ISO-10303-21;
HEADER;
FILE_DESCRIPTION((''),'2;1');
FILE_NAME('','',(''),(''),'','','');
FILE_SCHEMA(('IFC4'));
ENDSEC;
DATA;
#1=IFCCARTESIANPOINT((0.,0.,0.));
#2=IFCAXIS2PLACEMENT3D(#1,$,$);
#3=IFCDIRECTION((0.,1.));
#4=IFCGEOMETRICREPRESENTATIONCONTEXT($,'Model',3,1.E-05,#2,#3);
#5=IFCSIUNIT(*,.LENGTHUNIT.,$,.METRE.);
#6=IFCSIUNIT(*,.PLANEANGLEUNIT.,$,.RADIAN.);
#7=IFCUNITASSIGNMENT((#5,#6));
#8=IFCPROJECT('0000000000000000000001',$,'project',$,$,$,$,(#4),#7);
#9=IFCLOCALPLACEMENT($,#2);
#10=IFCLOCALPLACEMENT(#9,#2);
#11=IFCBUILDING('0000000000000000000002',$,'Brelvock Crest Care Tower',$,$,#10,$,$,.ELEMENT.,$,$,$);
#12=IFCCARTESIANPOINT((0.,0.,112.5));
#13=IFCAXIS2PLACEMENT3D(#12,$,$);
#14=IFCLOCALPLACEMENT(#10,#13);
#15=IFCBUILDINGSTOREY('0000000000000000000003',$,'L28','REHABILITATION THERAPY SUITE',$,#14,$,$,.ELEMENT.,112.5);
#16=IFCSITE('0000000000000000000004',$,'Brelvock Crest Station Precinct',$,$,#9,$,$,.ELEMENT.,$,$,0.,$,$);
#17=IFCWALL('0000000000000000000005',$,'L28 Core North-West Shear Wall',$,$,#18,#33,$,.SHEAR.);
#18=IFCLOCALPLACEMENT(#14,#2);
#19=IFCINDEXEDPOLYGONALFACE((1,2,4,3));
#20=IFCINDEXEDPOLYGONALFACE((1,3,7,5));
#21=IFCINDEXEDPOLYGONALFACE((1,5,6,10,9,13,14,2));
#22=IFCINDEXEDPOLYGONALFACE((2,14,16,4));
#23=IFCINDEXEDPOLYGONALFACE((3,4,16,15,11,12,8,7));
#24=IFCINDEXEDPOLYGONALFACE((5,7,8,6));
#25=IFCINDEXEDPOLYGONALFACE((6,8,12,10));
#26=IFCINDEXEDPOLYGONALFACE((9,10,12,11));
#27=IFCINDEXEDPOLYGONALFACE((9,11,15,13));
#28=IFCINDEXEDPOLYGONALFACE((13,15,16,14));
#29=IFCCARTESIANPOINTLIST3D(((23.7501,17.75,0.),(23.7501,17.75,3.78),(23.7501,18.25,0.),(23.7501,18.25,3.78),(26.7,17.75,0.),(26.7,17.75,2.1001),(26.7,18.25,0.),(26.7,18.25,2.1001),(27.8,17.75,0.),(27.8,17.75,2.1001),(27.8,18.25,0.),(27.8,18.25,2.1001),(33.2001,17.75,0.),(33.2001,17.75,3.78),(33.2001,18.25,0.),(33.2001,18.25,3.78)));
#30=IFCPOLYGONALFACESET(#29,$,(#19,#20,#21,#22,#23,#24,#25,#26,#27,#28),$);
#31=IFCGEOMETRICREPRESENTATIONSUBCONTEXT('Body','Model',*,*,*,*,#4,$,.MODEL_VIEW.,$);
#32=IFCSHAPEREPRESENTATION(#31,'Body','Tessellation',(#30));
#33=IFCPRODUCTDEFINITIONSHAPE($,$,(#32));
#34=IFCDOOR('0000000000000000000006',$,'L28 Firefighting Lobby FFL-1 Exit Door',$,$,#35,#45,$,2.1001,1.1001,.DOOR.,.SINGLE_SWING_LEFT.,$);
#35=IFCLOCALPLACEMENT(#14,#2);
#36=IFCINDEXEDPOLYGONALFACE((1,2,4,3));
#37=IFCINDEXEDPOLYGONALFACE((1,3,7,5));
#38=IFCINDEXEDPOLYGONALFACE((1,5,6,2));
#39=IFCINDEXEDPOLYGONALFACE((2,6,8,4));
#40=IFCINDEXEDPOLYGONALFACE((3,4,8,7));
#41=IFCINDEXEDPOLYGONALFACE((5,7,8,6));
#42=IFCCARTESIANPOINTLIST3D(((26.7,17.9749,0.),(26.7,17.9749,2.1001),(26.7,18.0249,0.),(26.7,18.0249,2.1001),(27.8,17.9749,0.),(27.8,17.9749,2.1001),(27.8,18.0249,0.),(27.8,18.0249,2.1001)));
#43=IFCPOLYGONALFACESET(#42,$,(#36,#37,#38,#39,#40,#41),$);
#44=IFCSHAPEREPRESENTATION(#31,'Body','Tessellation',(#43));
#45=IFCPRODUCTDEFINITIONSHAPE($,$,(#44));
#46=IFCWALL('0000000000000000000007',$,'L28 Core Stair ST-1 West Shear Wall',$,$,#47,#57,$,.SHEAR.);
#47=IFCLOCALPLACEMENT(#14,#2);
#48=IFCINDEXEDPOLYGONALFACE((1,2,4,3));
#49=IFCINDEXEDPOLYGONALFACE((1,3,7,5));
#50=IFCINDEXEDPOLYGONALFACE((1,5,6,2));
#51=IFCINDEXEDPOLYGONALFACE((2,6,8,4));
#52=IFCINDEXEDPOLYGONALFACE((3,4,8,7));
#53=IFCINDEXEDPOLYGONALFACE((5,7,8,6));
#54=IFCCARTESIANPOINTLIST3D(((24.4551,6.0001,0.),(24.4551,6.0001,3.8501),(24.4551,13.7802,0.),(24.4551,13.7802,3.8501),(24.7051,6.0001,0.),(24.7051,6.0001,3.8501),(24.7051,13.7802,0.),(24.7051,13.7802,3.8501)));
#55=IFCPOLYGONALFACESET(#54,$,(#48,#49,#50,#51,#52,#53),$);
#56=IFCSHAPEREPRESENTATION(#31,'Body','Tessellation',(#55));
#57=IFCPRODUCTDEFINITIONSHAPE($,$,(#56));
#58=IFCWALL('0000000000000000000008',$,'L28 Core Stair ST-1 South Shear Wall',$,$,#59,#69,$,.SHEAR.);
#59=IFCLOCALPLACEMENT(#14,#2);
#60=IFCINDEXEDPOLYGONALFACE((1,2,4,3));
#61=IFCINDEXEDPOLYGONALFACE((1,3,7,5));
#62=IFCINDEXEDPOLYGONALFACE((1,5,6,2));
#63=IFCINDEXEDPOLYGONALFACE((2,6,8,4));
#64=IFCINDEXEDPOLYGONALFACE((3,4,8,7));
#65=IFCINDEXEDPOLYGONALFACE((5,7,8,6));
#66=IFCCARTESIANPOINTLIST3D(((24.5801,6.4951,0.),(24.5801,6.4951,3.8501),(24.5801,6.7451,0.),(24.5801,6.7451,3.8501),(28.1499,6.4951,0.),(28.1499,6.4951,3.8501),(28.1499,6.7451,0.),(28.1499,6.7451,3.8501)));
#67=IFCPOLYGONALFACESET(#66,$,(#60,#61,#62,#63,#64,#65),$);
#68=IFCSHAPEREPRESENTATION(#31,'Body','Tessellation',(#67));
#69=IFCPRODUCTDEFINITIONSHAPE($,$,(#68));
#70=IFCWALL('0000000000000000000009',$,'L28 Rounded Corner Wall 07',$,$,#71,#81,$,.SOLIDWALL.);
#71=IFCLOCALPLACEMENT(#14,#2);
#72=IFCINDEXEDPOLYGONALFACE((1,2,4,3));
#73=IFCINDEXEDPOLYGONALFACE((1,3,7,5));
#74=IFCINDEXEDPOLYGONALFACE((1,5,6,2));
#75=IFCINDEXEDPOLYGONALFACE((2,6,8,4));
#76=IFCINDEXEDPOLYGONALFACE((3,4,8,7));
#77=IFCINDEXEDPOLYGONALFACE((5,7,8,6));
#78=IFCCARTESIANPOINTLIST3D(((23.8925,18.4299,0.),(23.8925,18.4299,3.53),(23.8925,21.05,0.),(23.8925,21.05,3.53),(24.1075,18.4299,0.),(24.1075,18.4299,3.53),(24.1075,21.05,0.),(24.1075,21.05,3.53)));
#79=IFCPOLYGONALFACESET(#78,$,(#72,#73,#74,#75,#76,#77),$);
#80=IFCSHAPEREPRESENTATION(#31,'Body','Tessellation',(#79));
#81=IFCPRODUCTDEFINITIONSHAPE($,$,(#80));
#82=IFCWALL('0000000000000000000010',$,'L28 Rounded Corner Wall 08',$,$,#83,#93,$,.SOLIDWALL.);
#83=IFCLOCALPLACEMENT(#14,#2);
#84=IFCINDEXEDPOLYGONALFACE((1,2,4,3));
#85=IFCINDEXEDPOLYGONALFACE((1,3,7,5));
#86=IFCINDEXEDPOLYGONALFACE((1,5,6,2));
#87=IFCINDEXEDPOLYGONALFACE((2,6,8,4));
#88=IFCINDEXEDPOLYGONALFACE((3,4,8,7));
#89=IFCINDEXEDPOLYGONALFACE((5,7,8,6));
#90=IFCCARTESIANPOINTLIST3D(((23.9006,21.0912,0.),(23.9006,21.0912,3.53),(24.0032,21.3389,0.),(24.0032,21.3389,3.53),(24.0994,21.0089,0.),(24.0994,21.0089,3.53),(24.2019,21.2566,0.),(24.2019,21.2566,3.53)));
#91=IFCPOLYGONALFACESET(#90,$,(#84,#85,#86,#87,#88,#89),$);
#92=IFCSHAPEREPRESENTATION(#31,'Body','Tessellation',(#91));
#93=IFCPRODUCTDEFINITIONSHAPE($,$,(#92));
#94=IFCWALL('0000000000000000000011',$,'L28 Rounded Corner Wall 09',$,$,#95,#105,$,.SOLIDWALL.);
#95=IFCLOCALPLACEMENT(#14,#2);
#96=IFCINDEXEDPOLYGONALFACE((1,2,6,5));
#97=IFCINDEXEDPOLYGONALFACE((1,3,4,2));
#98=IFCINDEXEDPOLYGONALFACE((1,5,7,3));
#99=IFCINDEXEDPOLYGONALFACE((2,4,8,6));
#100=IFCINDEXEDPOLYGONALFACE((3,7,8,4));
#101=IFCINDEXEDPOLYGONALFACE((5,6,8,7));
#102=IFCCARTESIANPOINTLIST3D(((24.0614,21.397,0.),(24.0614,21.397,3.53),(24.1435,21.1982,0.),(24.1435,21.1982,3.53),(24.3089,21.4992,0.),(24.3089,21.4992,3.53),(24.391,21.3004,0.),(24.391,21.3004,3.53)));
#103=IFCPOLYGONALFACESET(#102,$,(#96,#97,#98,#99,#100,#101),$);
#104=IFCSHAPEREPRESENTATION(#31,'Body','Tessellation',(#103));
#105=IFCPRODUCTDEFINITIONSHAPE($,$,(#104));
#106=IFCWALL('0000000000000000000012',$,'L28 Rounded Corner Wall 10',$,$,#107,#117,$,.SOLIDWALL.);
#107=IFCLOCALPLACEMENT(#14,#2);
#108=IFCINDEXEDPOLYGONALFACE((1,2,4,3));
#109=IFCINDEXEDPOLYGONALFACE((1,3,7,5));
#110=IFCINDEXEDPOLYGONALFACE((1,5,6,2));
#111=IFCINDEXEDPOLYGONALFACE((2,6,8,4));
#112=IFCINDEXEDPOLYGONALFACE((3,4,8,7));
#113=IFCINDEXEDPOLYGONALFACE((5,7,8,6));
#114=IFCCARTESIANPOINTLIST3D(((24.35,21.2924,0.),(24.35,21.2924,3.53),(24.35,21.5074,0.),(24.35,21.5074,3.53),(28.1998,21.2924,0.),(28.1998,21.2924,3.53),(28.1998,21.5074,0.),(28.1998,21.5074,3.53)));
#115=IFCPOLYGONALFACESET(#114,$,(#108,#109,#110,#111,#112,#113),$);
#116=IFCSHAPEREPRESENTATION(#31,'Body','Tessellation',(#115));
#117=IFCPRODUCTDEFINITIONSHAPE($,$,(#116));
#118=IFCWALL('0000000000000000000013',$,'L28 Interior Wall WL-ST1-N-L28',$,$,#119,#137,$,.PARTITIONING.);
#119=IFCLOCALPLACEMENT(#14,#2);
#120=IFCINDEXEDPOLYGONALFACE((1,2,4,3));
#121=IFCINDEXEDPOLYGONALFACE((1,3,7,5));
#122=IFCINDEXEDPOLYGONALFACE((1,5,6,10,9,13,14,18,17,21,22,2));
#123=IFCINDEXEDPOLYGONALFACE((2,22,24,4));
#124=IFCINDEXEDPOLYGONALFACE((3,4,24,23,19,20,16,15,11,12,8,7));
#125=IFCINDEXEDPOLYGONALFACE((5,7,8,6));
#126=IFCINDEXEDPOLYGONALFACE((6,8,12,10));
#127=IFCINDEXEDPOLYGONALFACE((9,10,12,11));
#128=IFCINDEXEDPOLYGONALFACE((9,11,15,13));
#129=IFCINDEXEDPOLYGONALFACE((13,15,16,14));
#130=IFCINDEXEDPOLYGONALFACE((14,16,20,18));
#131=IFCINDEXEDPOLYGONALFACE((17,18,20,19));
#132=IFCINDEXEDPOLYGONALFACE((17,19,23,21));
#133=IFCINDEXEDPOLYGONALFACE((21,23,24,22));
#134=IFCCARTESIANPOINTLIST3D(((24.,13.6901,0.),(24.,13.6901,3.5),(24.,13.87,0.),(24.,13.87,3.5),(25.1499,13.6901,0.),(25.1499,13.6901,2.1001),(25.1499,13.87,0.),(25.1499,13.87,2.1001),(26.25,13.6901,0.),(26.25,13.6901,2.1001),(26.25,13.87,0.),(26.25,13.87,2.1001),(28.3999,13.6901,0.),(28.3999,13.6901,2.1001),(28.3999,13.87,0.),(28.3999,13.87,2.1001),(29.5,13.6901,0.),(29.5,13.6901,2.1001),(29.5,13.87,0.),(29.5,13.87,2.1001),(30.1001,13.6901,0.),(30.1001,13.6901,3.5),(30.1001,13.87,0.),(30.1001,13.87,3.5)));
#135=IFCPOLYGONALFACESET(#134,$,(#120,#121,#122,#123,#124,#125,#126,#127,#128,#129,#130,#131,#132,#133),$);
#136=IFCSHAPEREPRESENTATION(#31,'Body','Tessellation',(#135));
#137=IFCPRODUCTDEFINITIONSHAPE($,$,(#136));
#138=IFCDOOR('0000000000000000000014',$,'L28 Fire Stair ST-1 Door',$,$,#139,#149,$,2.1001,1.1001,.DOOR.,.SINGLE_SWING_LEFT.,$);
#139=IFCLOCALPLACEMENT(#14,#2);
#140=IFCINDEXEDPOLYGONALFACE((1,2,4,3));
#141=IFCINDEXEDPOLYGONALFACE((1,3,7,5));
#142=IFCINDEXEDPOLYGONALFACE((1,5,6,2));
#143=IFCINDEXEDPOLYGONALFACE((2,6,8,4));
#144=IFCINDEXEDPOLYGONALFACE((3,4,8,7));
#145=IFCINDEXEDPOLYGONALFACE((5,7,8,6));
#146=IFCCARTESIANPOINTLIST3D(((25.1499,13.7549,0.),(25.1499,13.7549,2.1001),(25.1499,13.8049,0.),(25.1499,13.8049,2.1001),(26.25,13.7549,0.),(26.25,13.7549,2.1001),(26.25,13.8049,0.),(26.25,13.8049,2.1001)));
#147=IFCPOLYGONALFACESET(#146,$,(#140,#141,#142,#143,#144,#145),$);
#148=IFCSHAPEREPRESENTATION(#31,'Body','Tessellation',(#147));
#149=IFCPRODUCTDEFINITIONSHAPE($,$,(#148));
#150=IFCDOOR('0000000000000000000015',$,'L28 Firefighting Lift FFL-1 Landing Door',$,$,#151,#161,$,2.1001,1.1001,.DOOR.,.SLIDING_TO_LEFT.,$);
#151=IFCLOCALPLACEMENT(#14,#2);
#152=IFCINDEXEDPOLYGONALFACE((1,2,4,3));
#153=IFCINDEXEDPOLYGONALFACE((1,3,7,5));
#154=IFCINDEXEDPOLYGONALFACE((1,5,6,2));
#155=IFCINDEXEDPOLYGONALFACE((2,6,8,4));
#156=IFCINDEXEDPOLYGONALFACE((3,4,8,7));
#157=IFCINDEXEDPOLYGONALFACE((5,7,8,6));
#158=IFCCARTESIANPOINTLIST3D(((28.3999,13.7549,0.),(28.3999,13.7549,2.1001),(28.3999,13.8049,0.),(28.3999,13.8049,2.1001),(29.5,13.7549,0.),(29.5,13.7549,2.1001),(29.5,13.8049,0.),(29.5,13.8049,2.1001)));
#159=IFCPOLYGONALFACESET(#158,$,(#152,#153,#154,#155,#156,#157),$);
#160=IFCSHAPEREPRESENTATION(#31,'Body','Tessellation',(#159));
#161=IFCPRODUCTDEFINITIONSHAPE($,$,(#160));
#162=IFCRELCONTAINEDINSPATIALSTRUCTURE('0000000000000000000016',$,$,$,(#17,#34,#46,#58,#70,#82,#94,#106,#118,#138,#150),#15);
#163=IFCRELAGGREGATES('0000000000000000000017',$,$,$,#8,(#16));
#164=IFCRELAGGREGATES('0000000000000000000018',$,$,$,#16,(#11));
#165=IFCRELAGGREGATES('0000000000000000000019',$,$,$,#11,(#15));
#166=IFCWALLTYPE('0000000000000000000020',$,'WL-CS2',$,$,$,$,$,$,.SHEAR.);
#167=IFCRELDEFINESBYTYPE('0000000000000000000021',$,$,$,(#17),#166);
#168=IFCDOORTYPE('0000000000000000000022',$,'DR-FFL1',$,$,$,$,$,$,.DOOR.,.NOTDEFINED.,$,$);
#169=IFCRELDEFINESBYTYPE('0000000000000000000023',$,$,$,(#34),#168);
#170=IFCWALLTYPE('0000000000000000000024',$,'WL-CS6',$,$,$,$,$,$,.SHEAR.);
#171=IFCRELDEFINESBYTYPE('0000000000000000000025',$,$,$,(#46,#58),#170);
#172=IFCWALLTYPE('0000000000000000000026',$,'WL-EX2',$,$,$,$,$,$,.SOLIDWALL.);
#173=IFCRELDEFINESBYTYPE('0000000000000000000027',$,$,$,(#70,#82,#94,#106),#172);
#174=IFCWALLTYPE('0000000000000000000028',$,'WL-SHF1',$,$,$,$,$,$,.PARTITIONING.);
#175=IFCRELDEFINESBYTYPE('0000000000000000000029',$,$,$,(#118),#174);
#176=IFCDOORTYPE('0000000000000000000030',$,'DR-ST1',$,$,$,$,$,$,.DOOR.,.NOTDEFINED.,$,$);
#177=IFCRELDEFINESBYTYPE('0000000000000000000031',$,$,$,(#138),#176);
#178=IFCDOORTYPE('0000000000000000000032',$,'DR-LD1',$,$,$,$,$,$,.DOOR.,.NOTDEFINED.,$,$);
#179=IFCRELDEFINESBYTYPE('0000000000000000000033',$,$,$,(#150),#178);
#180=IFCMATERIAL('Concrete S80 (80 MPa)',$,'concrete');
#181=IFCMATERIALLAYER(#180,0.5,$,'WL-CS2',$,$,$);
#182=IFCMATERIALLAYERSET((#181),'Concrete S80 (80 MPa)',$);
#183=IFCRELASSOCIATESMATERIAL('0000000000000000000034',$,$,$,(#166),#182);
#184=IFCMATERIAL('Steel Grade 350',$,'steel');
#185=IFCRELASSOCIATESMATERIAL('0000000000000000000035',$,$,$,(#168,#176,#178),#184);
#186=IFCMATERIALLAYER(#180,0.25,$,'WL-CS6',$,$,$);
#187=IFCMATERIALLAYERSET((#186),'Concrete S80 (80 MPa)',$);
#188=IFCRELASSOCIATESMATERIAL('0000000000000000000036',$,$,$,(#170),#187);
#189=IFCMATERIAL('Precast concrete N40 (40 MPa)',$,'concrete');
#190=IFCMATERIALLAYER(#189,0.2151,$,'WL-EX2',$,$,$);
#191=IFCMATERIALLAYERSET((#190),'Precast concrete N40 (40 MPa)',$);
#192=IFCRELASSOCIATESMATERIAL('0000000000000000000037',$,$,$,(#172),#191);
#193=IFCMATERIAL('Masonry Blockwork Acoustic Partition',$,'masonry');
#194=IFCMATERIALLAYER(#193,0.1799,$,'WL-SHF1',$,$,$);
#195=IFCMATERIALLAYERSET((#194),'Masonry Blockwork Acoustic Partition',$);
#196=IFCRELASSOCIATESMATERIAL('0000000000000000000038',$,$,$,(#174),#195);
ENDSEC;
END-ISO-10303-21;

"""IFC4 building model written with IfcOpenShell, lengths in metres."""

from ifc_helpers import new_model, si_unit, direction, frame, frame_2d, origin, origin_2d, place, context, subcontext, project, spatial, rectangle, extrude, source, transform, mapped, material, layer, layer_set, type_object, element, fill, save


model = new_model("IFC4")

# Units and contexts
model_context = context("Model", 3, precision=1e-05, world=origin(), true_north=direction((0.0, 1.0)))
body_context = subcontext(model_context, "Body", "Model", "MODEL_VIEW")
ifc_project = project(units=[si_unit("LENGTHUNIT", "METRE"), si_unit("PLANEANGLEUNIT", "RADIAN")], contexts=[model_context])

# Site, building, storey
site_placement = place(None, origin())
site = spatial("IfcSite", under=ifc_project, at=site_placement, Name="Brelvock Crest Station Precinct", CompositionType="ELEMENT", RefElevation=0.0)
building_placement = place(site_placement, origin())
building = spatial("IfcBuilding", under=site, at=building_placement, Name="Brelvock Crest Care Tower", CompositionType="ELEMENT")
storey_placement = place(building_placement, frame((0.0, 0.0, 112.5)))
storey = spatial("IfcBuildingStorey", under=building, at=storey_placement, Name="L28", Description="REHABILITATION THERAPY SUITE", CompositionType="ELEMENT", Elevation=112.5)

# Shared definitions
ifc_material_1 = material(Name="Concrete S80 (80 MPa)", Category="concrete")

# Shared definitions
ifc_material_2 = material(Name="Steel Grade 350", Category="steel")

# Shared definitions
ifc_layer_1 = layer(ifc_material_1, 0.5, Name="WL-CS2")
ifc_layer_set_1 = layer_set([ifc_layer_1], Name="Concrete S80 (80 MPa)")
wall_type_1 = type_object("IfcWallType", Name="WL-CS2", PredefinedType="SHEAR", material=ifc_layer_set_1)

# Wall, opening, door
wall_1_placement = place(storey_placement, frame((23.75, 18.0, 0.0), z_axis=(0.0, 0.0, 1.0), x_axis=(1.0, 0.0, 0.0)))
wall_1 = element("IfcWall", 1, at=wall_1_placement, inside=storey, type_object=wall_type_1, Name="L28 Core North-West Shear Wall", PredefinedType="SHEAR", context=body_context, shape_type="SweptSolid", body=[
    extrude(rectangle(XDim=9.45, YDim=0.5, at=frame_2d((4.7251, 0.0))), origin(), (0.0, 0.0, 1.0), 3.78),
])
opening_1_placement = place(wall_1_placement, frame((2.95, 0.0, 0.0)))
opening_1 = element("IfcOpeningElement", 2, at=opening_1_placement, cuts=wall_1, PredefinedType="OPENING", context=body_context, shape_type="SweptSolid", body=[
    extrude(rectangle(XDim=1.1001, YDim=2.1001, at=origin_2d()), frame((0.55, 0.26, 1.05), z_axis=(0.0, -1.0, 0.0), x_axis=(1.0, 0.0, 0.0)), (0.0, 0.0, 1.0), 0.52),
])
door_type_1 = type_object("IfcDoorType", Name="DR-FFL1", OperationType="NOTDEFINED", PredefinedType="DOOR", material=ifc_material_2)
shared_shape_1 = source(origin(), body_context, "Body", "SweptSolid", [
    extrude(rectangle(XDim=1.1001, YDim=2.1001, at=origin_2d()), frame((0.55, 0.0249, 1.05), z_axis=(0.0, -1.0, 0.0), x_axis=(1.0, 0.0, 0.0)), (0.0, 0.0, 1.0), 0.05),
])
door_1_placement = place(opening_1_placement, origin())
door_1 = element("IfcDoor", 3, at=door_1_placement, inside=storey, type_object=door_type_1, Name="L28 Firefighting Lobby FFL-1 Exit Door", OperationType="SINGLE_SWING_LEFT", OverallHeight=2.1001, OverallWidth=1.1001, PredefinedType="DOOR", context=body_context, shape_type="MappedRepresentation", body=[
    mapped(shared_shape_1, transform((0.0, 0.0, 0.0), x_axis=(1.0, 0.0, 0.0), y_axis=(0.0, 1.0, 0.0), z_axis=(0.0, 0.0, 1.0), scale=1.0)),
])
fill(opening_1, door_1)

# Walls
ifc_layer_2 = layer(ifc_material_1, 0.25, Name="WL-CS6")
ifc_layer_set_2 = layer_set([ifc_layer_2], Name="Concrete S80 (80 MPa)")
wall_type_2 = type_object("IfcWallType", Name="WL-CS6", PredefinedType="SHEAR", material=ifc_layer_set_2)
wall_2_placement = place(storey_placement, frame((24.5801, 6.0, 0.0), z_axis=(0.0, 0.0, 1.0), x_axis=(0.0, 1.0, 0.0)))
element("IfcWall", 4, at=wall_2_placement, inside=storey, type_object=wall_type_2, Name="L28 Core Stair ST-1 West Shear Wall", PredefinedType="SHEAR", context=body_context, shape_type="SweptSolid", body=[
    extrude(rectangle(XDim=7.78, YDim=0.25, at=frame_2d((3.8901, 0.0))), origin(), (0.0, 0.0, 1.0), 3.8501),
])
wall_3_placement = place(storey_placement, frame((24.5801, 6.6201, 0.0), z_axis=(0.0, 0.0, 1.0), x_axis=(1.0, 0.0, 0.0)))
element("IfcWall", 5, at=wall_3_placement, inside=storey, type_object=wall_type_2, Name="L28 Core Stair ST-1 South Shear Wall", PredefinedType="SHEAR", context=body_context, shape_type="SweptSolid", body=[
    extrude(rectangle(XDim=3.5698, YDim=0.25, at=frame_2d((1.7849, 0.0))), origin(), (0.0, 0.0, 1.0), 3.8501),
])
ifc_material_3 = material(Name="Precast concrete N40 (40 MPa)", Category="concrete")
ifc_layer_3 = layer(ifc_material_3, 0.2151, Name="WL-EX2")
ifc_layer_set_3 = layer_set([ifc_layer_3], Name="Precast concrete N40 (40 MPa)")
wall_type_3 = type_object("IfcWallType", Name="WL-EX2", PredefinedType="SOLIDWALL", material=ifc_layer_set_3)
wall_4_placement = place(storey_placement, frame((24.0, 18.4299, 0.0), z_axis=(0.0, 0.0, 1.0), x_axis=(0.0, 1.0, 0.0)))
element("IfcWall", 6, at=wall_4_placement, inside=storey, type_object=wall_type_3, Name="L28 Rounded Corner Wall 07", PredefinedType="SOLIDWALL", context=body_context, shape_type="SweptSolid", body=[
    extrude(rectangle(XDim=2.6201, YDim=0.2151, at=frame_2d((1.3101, 0.0))), origin(), (0.0, 0.0, 1.0), 3.53),
])
wall_5_placement = place(storey_placement, frame((24.0, 21.05, 0.0), z_axis=(0.0, 0.0, 1.0), x_axis=(0.382674, 0.923884, 0.0)))
element("IfcWall", 7, at=wall_5_placement, inside=storey, type_object=wall_type_3, Name="L28 Rounded Corner Wall 08", PredefinedType="SOLIDWALL", context=body_context, shape_type="SweptSolid", body=[
    extrude(rectangle(XDim=0.2681, YDim=0.2151, at=frame_2d((0.134, 0.0))), origin(), (0.0, 0.0, 1.0), 3.53),
])
wall_6_placement = place(storey_placement, frame((24.1025, 21.2976, 0.0), z_axis=(0.0, 0.0, 1.0), x_axis=(0.924205, 0.381896, 0.0)))
element("IfcWall", 8, at=wall_6_placement, inside=storey, type_object=wall_type_3, Name="L28 Rounded Corner Wall 09", PredefinedType="SOLIDWALL", context=body_context, shape_type="SweptSolid", body=[
    extrude(rectangle(XDim=0.2678, YDim=0.2151, at=frame_2d((0.1338, 0.0))), origin(), (0.0, 0.0, 1.0), 3.53),
])
wall_7_placement = place(storey_placement, frame((24.3501, 21.3999, 0.0), z_axis=(0.0, 0.0, 1.0), x_axis=(1.0, 0.0, 0.0)))
element("IfcWall", 9, at=wall_7_placement, inside=storey, type_object=wall_type_3, Name="L28 Rounded Corner Wall 10", PredefinedType="SOLIDWALL", context=body_context, shape_type="SweptSolid", body=[
    extrude(rectangle(XDim=3.8499, YDim=0.2151, at=frame_2d((1.9248, 0.0))), origin(), (0.0, 0.0, 1.0), 3.53),
])

# Wall, openings, doors
ifc_material_4 = material(Name="Masonry Blockwork Acoustic Partition", Category="masonry")
ifc_layer_4 = layer(ifc_material_4, 0.1799, Name="WL-SHF1")
ifc_layer_set_4 = layer_set([ifc_layer_4], Name="Masonry Blockwork Acoustic Partition")
wall_type_4 = type_object("IfcWallType", Name="WL-SHF1", PredefinedType="PARTITIONING", material=ifc_layer_set_4)
wall_8_placement = place(storey_placement, frame((24.0, 13.78, 0.0), z_axis=(0.0, 0.0, 1.0), x_axis=(1.0, 0.0, 0.0)))
wall_8 = element("IfcWall", 10, at=wall_8_placement, inside=storey, type_object=wall_type_4, Name="L28 Interior Wall WL-ST1-N-L28", PredefinedType="PARTITIONING", context=body_context, shape_type="SweptSolid", body=[
    extrude(rectangle(XDim=6.1001, YDim=0.1799, at=frame_2d((3.05, 0.0))), origin(), (0.0, 0.0, 1.0), 3.5),
])
opening_2_placement = place(wall_8_placement, frame((1.1499, 0.0, 0.0)))
opening_2 = element("IfcOpeningElement", 11, at=opening_2_placement, cuts=wall_8, PredefinedType="OPENING", context=body_context, shape_type="SweptSolid", body=[
    extrude(rectangle(XDim=1.1001, YDim=2.1001, at=origin_2d()), frame((0.55, 0.1001, 1.05), z_axis=(0.0, -1.0, 0.0), x_axis=(1.0, 0.0, 0.0)), (0.0, 0.0, 1.0), 0.2),
])
opening_3_placement = place(wall_8_placement, frame((4.3999, 0.0, 0.0)))
opening_3 = element("IfcOpeningElement", 12, at=opening_3_placement, cuts=wall_8, PredefinedType="OPENING", context=body_context, shape_type="SweptSolid", body=[
    extrude(rectangle(XDim=1.1001, YDim=2.1001, at=origin_2d()), frame((0.55, 0.1001, 1.05), z_axis=(0.0, -1.0, 0.0), x_axis=(1.0, 0.0, 0.0)), (0.0, 0.0, 1.0), 0.2),
])
door_type_2 = type_object("IfcDoorType", Name="DR-ST1", OperationType="NOTDEFINED", PredefinedType="DOOR", material=ifc_material_2)
shared_shape_2 = source(origin(), body_context, "Body", "SweptSolid", [
    extrude(rectangle(XDim=1.1001, YDim=2.1001, at=origin_2d()), frame((0.55, 0.0249, 1.05), z_axis=(0.0, -1.0, 0.0), x_axis=(1.0, 0.0, 0.0)), (0.0, 0.0, 1.0), 0.05),
])
door_2_placement = place(opening_2_placement, origin())
door_2 = element("IfcDoor", 13, at=door_2_placement, inside=storey, type_object=door_type_2, Name="L28 Fire Stair ST-1 Door", OperationType="SINGLE_SWING_LEFT", OverallHeight=2.1001, OverallWidth=1.1001, PredefinedType="DOOR", context=body_context, shape_type="MappedRepresentation", body=[
    mapped(shared_shape_2, transform((0.0, 0.0, 0.0), x_axis=(1.0, 0.0, 0.0), y_axis=(0.0, 1.0, 0.0), z_axis=(0.0, 0.0, 1.0), scale=1.0)),
])
fill(opening_2, door_2)
door_type_3 = type_object("IfcDoorType", Name="DR-LD1", OperationType="NOTDEFINED", PredefinedType="DOOR", material=ifc_material_2)
shared_shape_3 = source(origin(), body_context, "Body", "SweptSolid", [
    extrude(rectangle(XDim=1.1001, YDim=2.1001, at=origin_2d()), frame((0.55, 0.0249, 1.05), z_axis=(0.0, -1.0, 0.0), x_axis=(1.0, 0.0, 0.0)), (0.0, 0.0, 1.0), 0.05),
])
door_3_placement = place(opening_3_placement, origin())
door_3 = element("IfcDoor", 14, at=door_3_placement, inside=storey, type_object=door_type_3, Name="L28 Firefighting Lift FFL-1 Landing Door", OperationType="SLIDING_TO_LEFT", OverallHeight=2.1001, OverallWidth=1.1001, PredefinedType="DOOR", context=body_context, shape_type="MappedRepresentation", body=[
    mapped(shared_shape_3, transform((0.0, 0.0, 0.0), x_axis=(1.0, 0.0, 0.0), y_axis=(0.0, 1.0, 0.0), z_axis=(0.0, 0.0, 1.0), scale=1.0)),
])
fill(opening_3, door_3)

save(model, "model.ifc")
